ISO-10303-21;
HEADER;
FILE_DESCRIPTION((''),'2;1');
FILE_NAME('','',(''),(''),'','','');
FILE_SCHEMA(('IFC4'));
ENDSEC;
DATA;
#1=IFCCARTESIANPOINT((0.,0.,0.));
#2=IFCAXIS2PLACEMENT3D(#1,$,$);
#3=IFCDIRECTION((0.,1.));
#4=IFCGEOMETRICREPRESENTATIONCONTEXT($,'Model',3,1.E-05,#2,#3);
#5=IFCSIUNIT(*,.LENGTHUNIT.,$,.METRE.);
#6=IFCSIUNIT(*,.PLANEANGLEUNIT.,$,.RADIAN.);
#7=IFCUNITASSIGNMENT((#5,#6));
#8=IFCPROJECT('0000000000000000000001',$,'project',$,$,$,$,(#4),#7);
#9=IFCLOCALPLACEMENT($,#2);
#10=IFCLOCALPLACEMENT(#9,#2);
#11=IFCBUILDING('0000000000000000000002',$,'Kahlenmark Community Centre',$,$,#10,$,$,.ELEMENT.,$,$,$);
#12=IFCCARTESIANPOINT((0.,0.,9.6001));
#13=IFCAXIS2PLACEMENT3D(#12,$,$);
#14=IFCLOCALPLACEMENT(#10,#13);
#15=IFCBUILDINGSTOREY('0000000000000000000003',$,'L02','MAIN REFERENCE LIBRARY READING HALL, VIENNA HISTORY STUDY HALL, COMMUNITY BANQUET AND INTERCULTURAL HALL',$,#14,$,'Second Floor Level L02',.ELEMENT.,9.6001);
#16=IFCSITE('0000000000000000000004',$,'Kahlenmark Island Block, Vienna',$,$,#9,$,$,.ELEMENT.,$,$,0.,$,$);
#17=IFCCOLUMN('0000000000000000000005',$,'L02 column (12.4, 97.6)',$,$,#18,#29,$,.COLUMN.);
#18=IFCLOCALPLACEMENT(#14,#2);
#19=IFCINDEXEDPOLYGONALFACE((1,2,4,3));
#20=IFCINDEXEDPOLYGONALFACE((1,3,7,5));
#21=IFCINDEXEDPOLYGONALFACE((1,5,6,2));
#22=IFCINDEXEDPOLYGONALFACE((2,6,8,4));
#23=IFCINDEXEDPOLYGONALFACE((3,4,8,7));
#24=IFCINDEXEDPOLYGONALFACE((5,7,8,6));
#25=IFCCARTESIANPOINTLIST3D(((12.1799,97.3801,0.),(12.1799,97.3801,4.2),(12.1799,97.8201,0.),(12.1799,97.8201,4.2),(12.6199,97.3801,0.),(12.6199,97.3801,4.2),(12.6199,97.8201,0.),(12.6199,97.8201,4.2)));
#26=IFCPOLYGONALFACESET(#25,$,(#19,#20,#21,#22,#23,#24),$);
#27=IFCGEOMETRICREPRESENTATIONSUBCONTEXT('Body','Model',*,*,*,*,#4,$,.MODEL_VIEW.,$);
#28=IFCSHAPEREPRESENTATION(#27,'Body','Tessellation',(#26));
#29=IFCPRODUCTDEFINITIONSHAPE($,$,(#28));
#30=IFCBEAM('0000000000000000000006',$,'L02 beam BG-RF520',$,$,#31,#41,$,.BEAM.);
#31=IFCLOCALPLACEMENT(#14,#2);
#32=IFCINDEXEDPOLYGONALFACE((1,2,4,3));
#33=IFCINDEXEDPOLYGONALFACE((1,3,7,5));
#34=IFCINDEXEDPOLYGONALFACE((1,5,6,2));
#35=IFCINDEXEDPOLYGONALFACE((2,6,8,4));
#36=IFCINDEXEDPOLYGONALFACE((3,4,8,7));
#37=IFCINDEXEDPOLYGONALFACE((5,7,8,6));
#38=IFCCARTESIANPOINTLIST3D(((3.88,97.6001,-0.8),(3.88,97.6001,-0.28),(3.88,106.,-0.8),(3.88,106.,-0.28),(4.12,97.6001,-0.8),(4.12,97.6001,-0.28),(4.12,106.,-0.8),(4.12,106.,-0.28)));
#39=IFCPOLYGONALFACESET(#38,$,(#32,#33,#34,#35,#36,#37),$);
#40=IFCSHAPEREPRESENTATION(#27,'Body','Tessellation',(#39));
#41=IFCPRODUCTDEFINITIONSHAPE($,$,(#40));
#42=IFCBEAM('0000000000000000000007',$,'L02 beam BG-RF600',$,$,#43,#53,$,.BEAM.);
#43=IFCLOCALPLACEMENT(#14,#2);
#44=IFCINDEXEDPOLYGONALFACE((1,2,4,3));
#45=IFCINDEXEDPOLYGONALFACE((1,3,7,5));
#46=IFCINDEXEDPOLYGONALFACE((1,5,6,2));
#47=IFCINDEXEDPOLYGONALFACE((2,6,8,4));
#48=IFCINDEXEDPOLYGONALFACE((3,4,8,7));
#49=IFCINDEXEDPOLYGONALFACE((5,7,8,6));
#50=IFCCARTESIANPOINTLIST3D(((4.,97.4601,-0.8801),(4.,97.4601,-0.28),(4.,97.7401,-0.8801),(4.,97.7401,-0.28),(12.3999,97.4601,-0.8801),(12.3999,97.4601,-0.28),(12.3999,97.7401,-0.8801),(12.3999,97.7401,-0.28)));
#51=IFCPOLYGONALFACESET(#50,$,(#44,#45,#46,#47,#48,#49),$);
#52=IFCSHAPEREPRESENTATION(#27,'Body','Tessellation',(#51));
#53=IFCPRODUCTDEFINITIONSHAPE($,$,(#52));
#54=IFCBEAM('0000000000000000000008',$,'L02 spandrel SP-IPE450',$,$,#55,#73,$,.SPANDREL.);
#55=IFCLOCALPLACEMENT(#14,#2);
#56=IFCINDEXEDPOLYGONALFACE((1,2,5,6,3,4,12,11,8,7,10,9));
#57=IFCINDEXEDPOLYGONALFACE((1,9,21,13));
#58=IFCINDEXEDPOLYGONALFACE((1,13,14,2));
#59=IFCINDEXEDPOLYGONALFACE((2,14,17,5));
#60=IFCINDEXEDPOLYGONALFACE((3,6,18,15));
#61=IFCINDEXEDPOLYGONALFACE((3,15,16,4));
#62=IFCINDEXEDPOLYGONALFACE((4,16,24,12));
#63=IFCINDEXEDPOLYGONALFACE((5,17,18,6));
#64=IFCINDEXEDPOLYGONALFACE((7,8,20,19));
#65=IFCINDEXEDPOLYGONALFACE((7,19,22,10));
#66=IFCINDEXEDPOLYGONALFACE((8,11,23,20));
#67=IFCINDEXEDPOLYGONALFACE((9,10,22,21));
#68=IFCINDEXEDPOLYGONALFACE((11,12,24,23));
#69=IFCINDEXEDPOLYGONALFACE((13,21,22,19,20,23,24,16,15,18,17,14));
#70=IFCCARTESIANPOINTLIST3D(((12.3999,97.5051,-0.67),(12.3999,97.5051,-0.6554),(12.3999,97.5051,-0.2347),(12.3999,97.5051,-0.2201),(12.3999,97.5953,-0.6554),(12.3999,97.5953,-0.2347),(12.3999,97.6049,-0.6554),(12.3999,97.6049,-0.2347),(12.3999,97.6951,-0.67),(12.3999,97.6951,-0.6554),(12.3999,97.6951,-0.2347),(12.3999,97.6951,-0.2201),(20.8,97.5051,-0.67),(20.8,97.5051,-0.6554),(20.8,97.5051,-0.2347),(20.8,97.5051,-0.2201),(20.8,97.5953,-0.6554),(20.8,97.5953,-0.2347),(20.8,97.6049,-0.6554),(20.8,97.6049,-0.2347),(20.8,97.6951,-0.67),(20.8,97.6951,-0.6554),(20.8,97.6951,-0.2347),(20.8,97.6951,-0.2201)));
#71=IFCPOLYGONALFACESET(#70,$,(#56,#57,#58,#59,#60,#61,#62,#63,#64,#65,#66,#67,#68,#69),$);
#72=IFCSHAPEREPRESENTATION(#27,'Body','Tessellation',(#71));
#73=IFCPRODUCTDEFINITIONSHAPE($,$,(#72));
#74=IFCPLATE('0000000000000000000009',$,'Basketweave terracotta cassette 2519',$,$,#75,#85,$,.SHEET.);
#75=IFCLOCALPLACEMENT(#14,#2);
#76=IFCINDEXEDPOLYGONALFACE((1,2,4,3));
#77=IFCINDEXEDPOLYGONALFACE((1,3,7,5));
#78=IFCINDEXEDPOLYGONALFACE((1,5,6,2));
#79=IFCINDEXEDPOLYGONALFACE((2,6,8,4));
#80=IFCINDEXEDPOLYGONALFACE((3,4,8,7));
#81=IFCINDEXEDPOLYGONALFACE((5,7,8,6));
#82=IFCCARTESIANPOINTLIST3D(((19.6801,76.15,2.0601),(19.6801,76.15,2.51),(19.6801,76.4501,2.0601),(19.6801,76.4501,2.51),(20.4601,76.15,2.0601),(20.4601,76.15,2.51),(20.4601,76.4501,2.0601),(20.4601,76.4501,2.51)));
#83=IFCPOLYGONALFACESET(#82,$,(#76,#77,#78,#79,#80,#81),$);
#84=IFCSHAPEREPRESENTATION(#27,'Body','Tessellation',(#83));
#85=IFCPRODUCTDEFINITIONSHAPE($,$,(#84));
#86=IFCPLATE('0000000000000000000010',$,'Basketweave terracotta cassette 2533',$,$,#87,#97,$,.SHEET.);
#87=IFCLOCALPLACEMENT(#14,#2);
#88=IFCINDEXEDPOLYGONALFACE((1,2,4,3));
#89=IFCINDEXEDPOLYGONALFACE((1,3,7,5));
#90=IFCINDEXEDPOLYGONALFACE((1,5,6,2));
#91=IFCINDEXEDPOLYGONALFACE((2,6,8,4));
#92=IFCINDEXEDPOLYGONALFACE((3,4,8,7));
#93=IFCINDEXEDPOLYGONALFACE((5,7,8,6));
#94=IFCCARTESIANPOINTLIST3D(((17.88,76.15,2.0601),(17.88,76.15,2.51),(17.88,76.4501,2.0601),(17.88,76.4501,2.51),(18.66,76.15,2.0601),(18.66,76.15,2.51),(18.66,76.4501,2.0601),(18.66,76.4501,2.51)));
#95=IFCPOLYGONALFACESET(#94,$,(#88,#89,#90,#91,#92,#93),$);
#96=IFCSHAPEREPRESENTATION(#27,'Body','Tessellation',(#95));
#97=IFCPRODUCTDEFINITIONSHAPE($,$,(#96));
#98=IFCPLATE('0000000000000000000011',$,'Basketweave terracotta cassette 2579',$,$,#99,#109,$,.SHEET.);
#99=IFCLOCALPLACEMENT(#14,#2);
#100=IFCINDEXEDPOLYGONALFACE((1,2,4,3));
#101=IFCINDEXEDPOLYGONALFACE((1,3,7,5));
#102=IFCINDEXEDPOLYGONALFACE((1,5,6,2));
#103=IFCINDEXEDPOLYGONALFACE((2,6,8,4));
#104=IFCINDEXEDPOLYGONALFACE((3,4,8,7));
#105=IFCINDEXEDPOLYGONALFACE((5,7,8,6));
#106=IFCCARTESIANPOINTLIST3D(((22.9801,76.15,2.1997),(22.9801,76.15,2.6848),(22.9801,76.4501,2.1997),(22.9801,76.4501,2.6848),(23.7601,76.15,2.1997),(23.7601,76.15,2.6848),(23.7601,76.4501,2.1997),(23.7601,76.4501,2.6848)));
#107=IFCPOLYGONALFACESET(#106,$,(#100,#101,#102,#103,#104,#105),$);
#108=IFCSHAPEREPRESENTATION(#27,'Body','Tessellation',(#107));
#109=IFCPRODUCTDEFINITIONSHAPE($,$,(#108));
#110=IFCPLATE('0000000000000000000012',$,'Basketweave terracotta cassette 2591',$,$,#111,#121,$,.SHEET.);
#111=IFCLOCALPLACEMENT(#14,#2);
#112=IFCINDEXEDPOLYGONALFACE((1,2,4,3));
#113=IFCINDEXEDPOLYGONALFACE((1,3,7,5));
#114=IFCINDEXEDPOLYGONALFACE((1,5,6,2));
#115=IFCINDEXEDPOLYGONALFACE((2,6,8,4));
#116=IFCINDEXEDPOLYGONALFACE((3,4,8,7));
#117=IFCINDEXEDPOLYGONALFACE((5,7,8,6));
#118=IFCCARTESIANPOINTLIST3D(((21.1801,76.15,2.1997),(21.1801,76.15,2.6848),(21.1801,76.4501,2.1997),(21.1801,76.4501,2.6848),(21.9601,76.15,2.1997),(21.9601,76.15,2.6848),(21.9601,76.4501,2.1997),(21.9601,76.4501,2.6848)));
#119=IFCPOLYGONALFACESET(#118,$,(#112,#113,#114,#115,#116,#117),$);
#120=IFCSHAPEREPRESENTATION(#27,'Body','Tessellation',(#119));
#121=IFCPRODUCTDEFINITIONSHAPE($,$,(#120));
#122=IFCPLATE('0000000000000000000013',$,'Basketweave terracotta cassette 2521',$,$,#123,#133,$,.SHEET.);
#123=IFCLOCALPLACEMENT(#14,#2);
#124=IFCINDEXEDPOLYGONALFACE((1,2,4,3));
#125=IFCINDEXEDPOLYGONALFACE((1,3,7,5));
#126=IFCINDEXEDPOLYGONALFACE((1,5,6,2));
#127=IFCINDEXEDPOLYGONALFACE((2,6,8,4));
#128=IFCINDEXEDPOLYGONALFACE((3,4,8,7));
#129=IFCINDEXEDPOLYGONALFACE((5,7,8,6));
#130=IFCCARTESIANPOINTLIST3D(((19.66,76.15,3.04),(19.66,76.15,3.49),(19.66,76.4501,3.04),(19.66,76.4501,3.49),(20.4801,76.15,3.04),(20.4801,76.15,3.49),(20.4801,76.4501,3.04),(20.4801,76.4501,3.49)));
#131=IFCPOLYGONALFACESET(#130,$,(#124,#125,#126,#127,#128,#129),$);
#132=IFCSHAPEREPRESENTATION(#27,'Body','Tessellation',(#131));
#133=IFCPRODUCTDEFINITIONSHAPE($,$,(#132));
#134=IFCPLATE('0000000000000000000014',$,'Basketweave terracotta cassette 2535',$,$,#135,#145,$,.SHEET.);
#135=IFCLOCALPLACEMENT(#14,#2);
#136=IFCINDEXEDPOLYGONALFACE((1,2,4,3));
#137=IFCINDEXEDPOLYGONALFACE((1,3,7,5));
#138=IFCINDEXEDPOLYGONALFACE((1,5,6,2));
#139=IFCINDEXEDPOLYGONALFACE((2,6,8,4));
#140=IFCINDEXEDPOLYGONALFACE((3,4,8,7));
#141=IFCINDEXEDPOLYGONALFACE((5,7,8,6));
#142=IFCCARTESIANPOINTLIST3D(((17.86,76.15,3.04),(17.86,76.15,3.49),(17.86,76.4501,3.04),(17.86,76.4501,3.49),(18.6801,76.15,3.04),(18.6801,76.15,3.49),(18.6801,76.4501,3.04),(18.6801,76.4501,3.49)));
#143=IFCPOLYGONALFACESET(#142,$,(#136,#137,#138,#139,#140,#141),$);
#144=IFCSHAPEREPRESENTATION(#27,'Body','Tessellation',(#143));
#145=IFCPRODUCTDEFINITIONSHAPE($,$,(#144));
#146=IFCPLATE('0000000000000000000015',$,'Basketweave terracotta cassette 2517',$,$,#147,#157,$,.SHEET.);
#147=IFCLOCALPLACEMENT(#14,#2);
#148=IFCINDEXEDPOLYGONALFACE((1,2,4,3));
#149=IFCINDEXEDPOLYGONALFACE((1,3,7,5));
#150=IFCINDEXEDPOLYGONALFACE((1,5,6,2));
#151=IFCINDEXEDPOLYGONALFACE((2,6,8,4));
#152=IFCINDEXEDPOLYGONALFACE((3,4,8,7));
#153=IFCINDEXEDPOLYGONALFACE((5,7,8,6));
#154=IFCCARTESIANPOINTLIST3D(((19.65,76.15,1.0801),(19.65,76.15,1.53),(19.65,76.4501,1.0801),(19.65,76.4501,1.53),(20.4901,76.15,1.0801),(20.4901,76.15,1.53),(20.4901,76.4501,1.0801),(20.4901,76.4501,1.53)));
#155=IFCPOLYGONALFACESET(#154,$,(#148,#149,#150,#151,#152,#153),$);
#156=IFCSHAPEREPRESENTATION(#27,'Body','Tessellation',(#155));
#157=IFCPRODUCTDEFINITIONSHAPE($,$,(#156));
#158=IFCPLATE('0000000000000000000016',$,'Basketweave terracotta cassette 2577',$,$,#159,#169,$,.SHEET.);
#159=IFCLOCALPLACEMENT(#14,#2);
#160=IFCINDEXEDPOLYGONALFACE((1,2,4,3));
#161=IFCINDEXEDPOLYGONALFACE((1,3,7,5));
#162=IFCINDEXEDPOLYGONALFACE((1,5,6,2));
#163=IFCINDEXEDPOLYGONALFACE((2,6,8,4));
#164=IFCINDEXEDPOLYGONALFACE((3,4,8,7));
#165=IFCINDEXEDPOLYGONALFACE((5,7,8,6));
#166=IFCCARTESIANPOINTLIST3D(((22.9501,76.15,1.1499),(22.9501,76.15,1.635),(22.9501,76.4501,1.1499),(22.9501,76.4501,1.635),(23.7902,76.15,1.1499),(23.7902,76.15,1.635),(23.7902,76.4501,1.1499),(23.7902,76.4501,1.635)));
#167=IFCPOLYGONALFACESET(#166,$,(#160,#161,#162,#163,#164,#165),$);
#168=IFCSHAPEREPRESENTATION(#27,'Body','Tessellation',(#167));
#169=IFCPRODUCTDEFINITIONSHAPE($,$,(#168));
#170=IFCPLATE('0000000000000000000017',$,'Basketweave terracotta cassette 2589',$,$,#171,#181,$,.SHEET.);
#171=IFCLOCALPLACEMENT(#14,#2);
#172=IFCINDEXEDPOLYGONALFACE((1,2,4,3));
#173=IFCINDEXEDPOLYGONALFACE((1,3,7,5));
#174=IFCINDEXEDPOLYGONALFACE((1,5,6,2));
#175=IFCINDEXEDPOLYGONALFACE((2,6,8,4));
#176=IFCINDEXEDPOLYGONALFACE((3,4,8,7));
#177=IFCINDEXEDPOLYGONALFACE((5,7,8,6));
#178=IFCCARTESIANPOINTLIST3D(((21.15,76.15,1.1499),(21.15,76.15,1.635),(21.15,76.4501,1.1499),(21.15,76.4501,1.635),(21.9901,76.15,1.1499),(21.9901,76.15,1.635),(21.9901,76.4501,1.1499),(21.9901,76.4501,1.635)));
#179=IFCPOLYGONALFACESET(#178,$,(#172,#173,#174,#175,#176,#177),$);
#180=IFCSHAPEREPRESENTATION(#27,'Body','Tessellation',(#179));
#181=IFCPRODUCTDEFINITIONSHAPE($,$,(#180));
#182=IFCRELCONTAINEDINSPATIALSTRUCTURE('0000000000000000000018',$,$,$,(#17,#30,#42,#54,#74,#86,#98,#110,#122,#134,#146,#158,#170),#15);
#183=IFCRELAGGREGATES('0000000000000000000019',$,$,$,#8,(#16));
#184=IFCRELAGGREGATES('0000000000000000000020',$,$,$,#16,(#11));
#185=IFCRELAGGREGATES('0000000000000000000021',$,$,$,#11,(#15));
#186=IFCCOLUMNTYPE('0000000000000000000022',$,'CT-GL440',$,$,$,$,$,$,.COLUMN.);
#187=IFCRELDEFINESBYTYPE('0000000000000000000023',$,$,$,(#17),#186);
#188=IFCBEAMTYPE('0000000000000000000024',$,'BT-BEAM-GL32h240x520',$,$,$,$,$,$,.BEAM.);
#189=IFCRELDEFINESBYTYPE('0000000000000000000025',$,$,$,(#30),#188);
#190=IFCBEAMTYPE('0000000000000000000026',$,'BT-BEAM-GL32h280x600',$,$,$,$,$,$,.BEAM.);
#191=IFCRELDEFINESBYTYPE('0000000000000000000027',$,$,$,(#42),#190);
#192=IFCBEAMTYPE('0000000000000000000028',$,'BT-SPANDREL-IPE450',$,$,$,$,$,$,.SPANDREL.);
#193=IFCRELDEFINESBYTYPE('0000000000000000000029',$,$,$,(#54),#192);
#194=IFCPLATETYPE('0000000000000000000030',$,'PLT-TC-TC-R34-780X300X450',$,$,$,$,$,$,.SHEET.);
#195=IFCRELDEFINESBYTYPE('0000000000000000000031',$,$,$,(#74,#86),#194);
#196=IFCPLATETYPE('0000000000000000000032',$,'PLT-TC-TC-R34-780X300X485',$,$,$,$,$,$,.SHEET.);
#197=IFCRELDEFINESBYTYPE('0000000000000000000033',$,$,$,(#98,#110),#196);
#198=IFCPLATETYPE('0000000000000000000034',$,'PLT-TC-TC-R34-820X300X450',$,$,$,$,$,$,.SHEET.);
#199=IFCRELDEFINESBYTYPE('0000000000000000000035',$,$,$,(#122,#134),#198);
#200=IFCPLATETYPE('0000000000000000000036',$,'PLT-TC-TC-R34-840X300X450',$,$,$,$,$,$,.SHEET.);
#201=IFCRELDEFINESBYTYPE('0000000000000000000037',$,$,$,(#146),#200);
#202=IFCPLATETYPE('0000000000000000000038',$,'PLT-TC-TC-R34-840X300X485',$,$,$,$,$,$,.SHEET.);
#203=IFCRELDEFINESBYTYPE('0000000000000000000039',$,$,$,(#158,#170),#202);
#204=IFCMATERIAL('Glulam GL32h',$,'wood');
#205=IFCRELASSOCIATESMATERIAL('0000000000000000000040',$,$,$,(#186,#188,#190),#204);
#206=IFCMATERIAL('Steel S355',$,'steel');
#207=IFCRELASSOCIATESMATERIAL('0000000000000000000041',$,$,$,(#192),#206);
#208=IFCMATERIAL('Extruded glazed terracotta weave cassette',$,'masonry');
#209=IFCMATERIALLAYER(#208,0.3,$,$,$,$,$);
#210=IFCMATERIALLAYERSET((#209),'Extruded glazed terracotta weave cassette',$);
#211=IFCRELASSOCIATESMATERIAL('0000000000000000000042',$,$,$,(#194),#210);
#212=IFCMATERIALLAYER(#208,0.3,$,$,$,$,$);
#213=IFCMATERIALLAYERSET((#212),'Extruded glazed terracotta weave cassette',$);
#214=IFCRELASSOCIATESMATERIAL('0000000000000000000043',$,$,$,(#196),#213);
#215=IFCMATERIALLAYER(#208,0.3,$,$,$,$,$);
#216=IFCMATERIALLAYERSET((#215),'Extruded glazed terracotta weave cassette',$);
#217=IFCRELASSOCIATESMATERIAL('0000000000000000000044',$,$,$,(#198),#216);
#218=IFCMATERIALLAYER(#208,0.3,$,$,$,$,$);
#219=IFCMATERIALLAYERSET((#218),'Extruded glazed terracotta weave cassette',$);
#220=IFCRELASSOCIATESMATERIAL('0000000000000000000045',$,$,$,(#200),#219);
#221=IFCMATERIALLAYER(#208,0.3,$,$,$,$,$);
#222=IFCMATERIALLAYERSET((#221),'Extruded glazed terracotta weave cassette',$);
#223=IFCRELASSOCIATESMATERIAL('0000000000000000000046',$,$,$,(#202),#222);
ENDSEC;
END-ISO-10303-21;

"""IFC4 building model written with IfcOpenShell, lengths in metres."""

from ifc_helpers import new_model, si_unit, direction, frame, origin, origin_2d, place, context, subcontext, project, spatial, rectangle, i_section, extrude, material, layer, layer_set, material_profile, profile_set, type_object, element, save


model = new_model("IFC4")

# Units and contexts
model_context = context("Model", 3, precision=1e-05, world=origin(), true_north=direction((0.0, 1.0)))
body_context = subcontext(model_context, "Body", "Model", "MODEL_VIEW")
ifc_project = project(units=[si_unit("LENGTHUNIT", "METRE"), si_unit("PLANEANGLEUNIT", "RADIAN")], contexts=[model_context])

# Site, building, storey
site_placement = place(None, origin())
site = spatial("IfcSite", under=ifc_project, at=site_placement, Name="Kahlenmark Island Block, Vienna", CompositionType="ELEMENT", RefElevation=0.0)
building_placement = place(site_placement, origin())
building = spatial("IfcBuilding", under=site, at=building_placement, Name="Kahlenmark Community Centre", CompositionType="ELEMENT")
storey_placement = place(building_placement, frame((0.0, 0.0, 9.6001)))
storey = spatial("IfcBuildingStorey", under=building, at=storey_placement, Name="L02", Description="MAIN REFERENCE LIBRARY READING HALL, VIENNA HISTORY STUDY HALL, COMMUNITY BANQUET AND INTERCULTURAL HALL", LongName="Second Floor Level L02", CompositionType="ELEMENT", Elevation=9.6001)

# Column
ifc_material_1 = material(Name="Glulam GL32h", Category="wood")
ifc_material_profile_1 = material_profile(ifc_material_1, rectangle(XDim=0.4399, YDim=0.4399, at=origin_2d()), Name="GL32h 440x440")
ifc_profile_set_1 = profile_set([ifc_material_profile_1], Name="Glulam GL32h")
column_type = type_object("IfcColumnType", Name="CT-GL440", PredefinedType="COLUMN", material=ifc_profile_set_1)
column_placement = place(storey_placement, frame((12.3999, 97.6001, 0.0), z_axis=(0.0, 0.0, 1.0), x_axis=(1.0, 0.0, 0.0)))
element("IfcColumn", 1, at=column_placement, inside=storey, type_object=column_type, Name="L02 column (12.4, 97.6)", PredefinedType="COLUMN", context=body_context, shape_type="SweptSolid", body=[
    extrude(rectangle(XDim=0.4399, YDim=0.4399, at=origin_2d()), origin(), (0.0, 0.0, 1.0), 4.2),
])

# Beams
ifc_material_profile_2 = material_profile(ifc_material_1, rectangle(XDim=0.24, YDim=0.52, at=origin_2d()), Name="GL32h 240x520")
ifc_profile_set_2 = profile_set([ifc_material_profile_2], Name="Glulam GL32h")
beam_type_1 = type_object("IfcBeamType", Name="BT-BEAM-GL32h240x520", PredefinedType="BEAM", material=ifc_profile_set_2)
beam_1_placement = place(storey_placement, frame((4.0, 97.6001, -0.54), z_axis=(0.0, 1.0, 0.0), x_axis=(-1.0, 0.0, 0.0)))
element("IfcBeam", 2, at=beam_1_placement, inside=storey, type_object=beam_type_1, Name="L02 beam BG-RF520", PredefinedType="BEAM", context=body_context, shape_type="SweptSolid", body=[
    extrude(rectangle(XDim=0.24, YDim=0.52, at=origin_2d()), origin(), (0.0, 0.0, 1.0), 8.3999),
])
ifc_material_profile_3 = material_profile(ifc_material_1, rectangle(XDim=0.28, YDim=0.6001, at=origin_2d()), Name="GL32h 280x600")
ifc_profile_set_3 = profile_set([ifc_material_profile_3], Name="Glulam GL32h")
beam_type_2 = type_object("IfcBeamType", Name="BT-BEAM-GL32h280x600", PredefinedType="BEAM", material=ifc_profile_set_3)
beam_2_placement = place(storey_placement, frame((4.0, 97.6001, -0.5801), z_axis=(1.0, 0.0, 0.0), x_axis=(0.0, 1.0, 0.0)))
element("IfcBeam", 3, at=beam_2_placement, inside=storey, type_object=beam_type_2, Name="L02 beam BG-RF600", PredefinedType="BEAM", context=body_context, shape_type="SweptSolid", body=[
    extrude(rectangle(XDim=0.28, YDim=0.6001, at=origin_2d()), origin(), (0.0, 0.0, 1.0), 8.3999),
])
ifc_material_2 = material(Name="Steel S355", Category="steel")
ifc_material_profile_4 = material_profile(ifc_material_2, i_section(OverallWidth=0.1899, OverallDepth=0.45, WebThickness=0.0095, FlangeThickness=0.0146, at=origin_2d()), Name="IPE 450")
ifc_profile_set_4 = profile_set([ifc_material_profile_4], Name="Steel S355")
beam_type_3 = type_object("IfcBeamType", Name="BT-SPANDREL-IPE450", PredefinedType="SPANDREL", material=ifc_profile_set_4)
beam_3_placement = place(storey_placement, frame((12.3999, 97.6001, -0.4451), z_axis=(1.0, 0.0, 0.0), x_axis=(0.0, 1.0, 0.0)))
element("IfcBeam", 4, at=beam_3_placement, inside=storey, type_object=beam_type_3, Name="L02 spandrel SP-IPE450", PredefinedType="SPANDREL", context=body_context, shape_type="SweptSolid", body=[
    extrude(i_section(OverallWidth=0.1899, OverallDepth=0.45, WebThickness=0.0095, FlangeThickness=0.0146, at=origin_2d()), origin(), (0.0, 0.0, 1.0), 8.4001),
])

# Plates
ifc_material_3 = material(Name="Extruded glazed terracotta weave cassette", Category="masonry")
ifc_layer_1 = layer(ifc_material_3, 0.3)
ifc_layer_set_1 = layer_set([ifc_layer_1], Name="Extruded glazed terracotta weave cassette")
plate_type_1 = type_object("IfcPlateType", Name="PLT-TC-TC-R34-780X300X450", PredefinedType="SHEET", material=ifc_layer_set_1)
for number, where, z_axis, x_axis, name in (
    (5, (20.0701, 76.3, 2.0601), (0.0, 0.0, 1.0), (-1.0, 0.0, 0.0), "Basketweave terracotta cassette 2519"),
    (6, (18.27, 76.3, 2.0601), (0.0, 0.0, 1.0), (-1.0, 0.0, 0.0), "Basketweave terracotta cassette 2533"),
):
    element("IfcPlate", number, at=place(storey_placement, frame(where, z_axis=z_axis, x_axis=x_axis)), inside=storey, type_object=plate_type_1, Name=name, PredefinedType="SHEET", context=body_context, shape_type="SweptSolid", body=[
        extrude(rectangle(XDim=0.78, YDim=0.3, at=origin_2d()), origin(), (0.0, 0.0, 1.0), 0.45),
    ])
ifc_layer_2 = layer(ifc_material_3, 0.3)
ifc_layer_set_2 = layer_set([ifc_layer_2], Name="Extruded glazed terracotta weave cassette")
plate_type_2 = type_object("IfcPlateType", Name="PLT-TC-TC-R34-780X300X485", PredefinedType="SHEET", material=ifc_layer_set_2)
for number, where, z_axis, x_axis, name in (
    (7, (23.3701, 76.3, 2.1997), (0.0, 0.0, 1.0), (-1.0, 0.0, 0.0), "Basketweave terracotta cassette 2579"),
    (8, (21.5701, 76.3, 2.1997), (0.0, 0.0, 1.0), (-1.0, 0.0, 0.0), "Basketweave terracotta cassette 2591"),
):
    element("IfcPlate", number, at=place(storey_placement, frame(where, z_axis=z_axis, x_axis=x_axis)), inside=storey, type_object=plate_type_2, Name=name, PredefinedType="SHEET", context=body_context, shape_type="SweptSolid", body=[
        extrude(rectangle(XDim=0.78, YDim=0.3, at=origin_2d()), origin(), (0.0, 0.0, 1.0), 0.4851),
    ])
ifc_layer_3 = layer(ifc_material_3, 0.3)
ifc_layer_set_3 = layer_set([ifc_layer_3], Name="Extruded glazed terracotta weave cassette")
plate_type_3 = type_object("IfcPlateType", Name="PLT-TC-TC-R34-820X300X450", PredefinedType="SHEET", material=ifc_layer_set_3)
for number, where, z_axis, x_axis, name in (
    (9, (20.0701, 76.3, 3.04), (0.0, 0.0, 1.0), (-1.0, 0.0, 0.0), "Basketweave terracotta cassette 2521"),
    (10, (18.27, 76.3, 3.04), (0.0, 0.0, 1.0), (-1.0, 0.0, 0.0), "Basketweave terracotta cassette 2535"),
):
    element("IfcPlate", number, at=place(storey_placement, frame(where, z_axis=z_axis, x_axis=x_axis)), inside=storey, type_object=plate_type_3, Name=name, PredefinedType="SHEET", context=body_context, shape_type="SweptSolid", body=[
        extrude(rectangle(XDim=0.8201, YDim=0.3, at=origin_2d()), origin(), (0.0, 0.0, 1.0), 0.45),
    ])
ifc_layer_4 = layer(ifc_material_3, 0.3)
ifc_layer_set_4 = layer_set([ifc_layer_4], Name="Extruded glazed terracotta weave cassette")
plate_type_4 = type_object("IfcPlateType", Name="PLT-TC-TC-R34-840X300X450", PredefinedType="SHEET", material=ifc_layer_set_4)
plate_1_placement = place(storey_placement, frame((20.0701, 76.3, 1.0801), z_axis=(0.0, 0.0, 1.0), x_axis=(-1.0, 0.0, 0.0)))
element("IfcPlate", 11, at=plate_1_placement, inside=storey, type_object=plate_type_4, Name="Basketweave terracotta cassette 2517", PredefinedType="SHEET", context=body_context, shape_type="SweptSolid", body=[
    extrude(rectangle(XDim=0.8401, YDim=0.3, at=origin_2d()), origin(), (0.0, 0.0, 1.0), 0.45),
])
ifc_layer_5 = layer(ifc_material_3, 0.3)
ifc_layer_set_5 = layer_set([ifc_layer_5], Name="Extruded glazed terracotta weave cassette")
plate_type_5 = type_object("IfcPlateType", Name="PLT-TC-TC-R34-840X300X485", PredefinedType="SHEET", material=ifc_layer_set_5)
for number, where, z_axis, x_axis, name in (
    (12, (23.3701, 76.3, 1.1499), (0.0, 0.0, 1.0), (-1.0, 0.0, 0.0), "Basketweave terracotta cassette 2577"),
    (13, (21.5701, 76.3, 1.1499), (0.0, 0.0, 1.0), (-1.0, 0.0, 0.0), "Basketweave terracotta cassette 2589"),
):
    element("IfcPlate", number, at=place(storey_placement, frame(where, z_axis=z_axis, x_axis=x_axis)), inside=storey, type_object=plate_type_5, Name=name, PredefinedType="SHEET", context=body_context, shape_type="SweptSolid", body=[
        extrude(rectangle(XDim=0.8401, YDim=0.3, at=origin_2d()), origin(), (0.0, 0.0, 1.0), 0.4851),
    ])

save(model, "model.ifc")
